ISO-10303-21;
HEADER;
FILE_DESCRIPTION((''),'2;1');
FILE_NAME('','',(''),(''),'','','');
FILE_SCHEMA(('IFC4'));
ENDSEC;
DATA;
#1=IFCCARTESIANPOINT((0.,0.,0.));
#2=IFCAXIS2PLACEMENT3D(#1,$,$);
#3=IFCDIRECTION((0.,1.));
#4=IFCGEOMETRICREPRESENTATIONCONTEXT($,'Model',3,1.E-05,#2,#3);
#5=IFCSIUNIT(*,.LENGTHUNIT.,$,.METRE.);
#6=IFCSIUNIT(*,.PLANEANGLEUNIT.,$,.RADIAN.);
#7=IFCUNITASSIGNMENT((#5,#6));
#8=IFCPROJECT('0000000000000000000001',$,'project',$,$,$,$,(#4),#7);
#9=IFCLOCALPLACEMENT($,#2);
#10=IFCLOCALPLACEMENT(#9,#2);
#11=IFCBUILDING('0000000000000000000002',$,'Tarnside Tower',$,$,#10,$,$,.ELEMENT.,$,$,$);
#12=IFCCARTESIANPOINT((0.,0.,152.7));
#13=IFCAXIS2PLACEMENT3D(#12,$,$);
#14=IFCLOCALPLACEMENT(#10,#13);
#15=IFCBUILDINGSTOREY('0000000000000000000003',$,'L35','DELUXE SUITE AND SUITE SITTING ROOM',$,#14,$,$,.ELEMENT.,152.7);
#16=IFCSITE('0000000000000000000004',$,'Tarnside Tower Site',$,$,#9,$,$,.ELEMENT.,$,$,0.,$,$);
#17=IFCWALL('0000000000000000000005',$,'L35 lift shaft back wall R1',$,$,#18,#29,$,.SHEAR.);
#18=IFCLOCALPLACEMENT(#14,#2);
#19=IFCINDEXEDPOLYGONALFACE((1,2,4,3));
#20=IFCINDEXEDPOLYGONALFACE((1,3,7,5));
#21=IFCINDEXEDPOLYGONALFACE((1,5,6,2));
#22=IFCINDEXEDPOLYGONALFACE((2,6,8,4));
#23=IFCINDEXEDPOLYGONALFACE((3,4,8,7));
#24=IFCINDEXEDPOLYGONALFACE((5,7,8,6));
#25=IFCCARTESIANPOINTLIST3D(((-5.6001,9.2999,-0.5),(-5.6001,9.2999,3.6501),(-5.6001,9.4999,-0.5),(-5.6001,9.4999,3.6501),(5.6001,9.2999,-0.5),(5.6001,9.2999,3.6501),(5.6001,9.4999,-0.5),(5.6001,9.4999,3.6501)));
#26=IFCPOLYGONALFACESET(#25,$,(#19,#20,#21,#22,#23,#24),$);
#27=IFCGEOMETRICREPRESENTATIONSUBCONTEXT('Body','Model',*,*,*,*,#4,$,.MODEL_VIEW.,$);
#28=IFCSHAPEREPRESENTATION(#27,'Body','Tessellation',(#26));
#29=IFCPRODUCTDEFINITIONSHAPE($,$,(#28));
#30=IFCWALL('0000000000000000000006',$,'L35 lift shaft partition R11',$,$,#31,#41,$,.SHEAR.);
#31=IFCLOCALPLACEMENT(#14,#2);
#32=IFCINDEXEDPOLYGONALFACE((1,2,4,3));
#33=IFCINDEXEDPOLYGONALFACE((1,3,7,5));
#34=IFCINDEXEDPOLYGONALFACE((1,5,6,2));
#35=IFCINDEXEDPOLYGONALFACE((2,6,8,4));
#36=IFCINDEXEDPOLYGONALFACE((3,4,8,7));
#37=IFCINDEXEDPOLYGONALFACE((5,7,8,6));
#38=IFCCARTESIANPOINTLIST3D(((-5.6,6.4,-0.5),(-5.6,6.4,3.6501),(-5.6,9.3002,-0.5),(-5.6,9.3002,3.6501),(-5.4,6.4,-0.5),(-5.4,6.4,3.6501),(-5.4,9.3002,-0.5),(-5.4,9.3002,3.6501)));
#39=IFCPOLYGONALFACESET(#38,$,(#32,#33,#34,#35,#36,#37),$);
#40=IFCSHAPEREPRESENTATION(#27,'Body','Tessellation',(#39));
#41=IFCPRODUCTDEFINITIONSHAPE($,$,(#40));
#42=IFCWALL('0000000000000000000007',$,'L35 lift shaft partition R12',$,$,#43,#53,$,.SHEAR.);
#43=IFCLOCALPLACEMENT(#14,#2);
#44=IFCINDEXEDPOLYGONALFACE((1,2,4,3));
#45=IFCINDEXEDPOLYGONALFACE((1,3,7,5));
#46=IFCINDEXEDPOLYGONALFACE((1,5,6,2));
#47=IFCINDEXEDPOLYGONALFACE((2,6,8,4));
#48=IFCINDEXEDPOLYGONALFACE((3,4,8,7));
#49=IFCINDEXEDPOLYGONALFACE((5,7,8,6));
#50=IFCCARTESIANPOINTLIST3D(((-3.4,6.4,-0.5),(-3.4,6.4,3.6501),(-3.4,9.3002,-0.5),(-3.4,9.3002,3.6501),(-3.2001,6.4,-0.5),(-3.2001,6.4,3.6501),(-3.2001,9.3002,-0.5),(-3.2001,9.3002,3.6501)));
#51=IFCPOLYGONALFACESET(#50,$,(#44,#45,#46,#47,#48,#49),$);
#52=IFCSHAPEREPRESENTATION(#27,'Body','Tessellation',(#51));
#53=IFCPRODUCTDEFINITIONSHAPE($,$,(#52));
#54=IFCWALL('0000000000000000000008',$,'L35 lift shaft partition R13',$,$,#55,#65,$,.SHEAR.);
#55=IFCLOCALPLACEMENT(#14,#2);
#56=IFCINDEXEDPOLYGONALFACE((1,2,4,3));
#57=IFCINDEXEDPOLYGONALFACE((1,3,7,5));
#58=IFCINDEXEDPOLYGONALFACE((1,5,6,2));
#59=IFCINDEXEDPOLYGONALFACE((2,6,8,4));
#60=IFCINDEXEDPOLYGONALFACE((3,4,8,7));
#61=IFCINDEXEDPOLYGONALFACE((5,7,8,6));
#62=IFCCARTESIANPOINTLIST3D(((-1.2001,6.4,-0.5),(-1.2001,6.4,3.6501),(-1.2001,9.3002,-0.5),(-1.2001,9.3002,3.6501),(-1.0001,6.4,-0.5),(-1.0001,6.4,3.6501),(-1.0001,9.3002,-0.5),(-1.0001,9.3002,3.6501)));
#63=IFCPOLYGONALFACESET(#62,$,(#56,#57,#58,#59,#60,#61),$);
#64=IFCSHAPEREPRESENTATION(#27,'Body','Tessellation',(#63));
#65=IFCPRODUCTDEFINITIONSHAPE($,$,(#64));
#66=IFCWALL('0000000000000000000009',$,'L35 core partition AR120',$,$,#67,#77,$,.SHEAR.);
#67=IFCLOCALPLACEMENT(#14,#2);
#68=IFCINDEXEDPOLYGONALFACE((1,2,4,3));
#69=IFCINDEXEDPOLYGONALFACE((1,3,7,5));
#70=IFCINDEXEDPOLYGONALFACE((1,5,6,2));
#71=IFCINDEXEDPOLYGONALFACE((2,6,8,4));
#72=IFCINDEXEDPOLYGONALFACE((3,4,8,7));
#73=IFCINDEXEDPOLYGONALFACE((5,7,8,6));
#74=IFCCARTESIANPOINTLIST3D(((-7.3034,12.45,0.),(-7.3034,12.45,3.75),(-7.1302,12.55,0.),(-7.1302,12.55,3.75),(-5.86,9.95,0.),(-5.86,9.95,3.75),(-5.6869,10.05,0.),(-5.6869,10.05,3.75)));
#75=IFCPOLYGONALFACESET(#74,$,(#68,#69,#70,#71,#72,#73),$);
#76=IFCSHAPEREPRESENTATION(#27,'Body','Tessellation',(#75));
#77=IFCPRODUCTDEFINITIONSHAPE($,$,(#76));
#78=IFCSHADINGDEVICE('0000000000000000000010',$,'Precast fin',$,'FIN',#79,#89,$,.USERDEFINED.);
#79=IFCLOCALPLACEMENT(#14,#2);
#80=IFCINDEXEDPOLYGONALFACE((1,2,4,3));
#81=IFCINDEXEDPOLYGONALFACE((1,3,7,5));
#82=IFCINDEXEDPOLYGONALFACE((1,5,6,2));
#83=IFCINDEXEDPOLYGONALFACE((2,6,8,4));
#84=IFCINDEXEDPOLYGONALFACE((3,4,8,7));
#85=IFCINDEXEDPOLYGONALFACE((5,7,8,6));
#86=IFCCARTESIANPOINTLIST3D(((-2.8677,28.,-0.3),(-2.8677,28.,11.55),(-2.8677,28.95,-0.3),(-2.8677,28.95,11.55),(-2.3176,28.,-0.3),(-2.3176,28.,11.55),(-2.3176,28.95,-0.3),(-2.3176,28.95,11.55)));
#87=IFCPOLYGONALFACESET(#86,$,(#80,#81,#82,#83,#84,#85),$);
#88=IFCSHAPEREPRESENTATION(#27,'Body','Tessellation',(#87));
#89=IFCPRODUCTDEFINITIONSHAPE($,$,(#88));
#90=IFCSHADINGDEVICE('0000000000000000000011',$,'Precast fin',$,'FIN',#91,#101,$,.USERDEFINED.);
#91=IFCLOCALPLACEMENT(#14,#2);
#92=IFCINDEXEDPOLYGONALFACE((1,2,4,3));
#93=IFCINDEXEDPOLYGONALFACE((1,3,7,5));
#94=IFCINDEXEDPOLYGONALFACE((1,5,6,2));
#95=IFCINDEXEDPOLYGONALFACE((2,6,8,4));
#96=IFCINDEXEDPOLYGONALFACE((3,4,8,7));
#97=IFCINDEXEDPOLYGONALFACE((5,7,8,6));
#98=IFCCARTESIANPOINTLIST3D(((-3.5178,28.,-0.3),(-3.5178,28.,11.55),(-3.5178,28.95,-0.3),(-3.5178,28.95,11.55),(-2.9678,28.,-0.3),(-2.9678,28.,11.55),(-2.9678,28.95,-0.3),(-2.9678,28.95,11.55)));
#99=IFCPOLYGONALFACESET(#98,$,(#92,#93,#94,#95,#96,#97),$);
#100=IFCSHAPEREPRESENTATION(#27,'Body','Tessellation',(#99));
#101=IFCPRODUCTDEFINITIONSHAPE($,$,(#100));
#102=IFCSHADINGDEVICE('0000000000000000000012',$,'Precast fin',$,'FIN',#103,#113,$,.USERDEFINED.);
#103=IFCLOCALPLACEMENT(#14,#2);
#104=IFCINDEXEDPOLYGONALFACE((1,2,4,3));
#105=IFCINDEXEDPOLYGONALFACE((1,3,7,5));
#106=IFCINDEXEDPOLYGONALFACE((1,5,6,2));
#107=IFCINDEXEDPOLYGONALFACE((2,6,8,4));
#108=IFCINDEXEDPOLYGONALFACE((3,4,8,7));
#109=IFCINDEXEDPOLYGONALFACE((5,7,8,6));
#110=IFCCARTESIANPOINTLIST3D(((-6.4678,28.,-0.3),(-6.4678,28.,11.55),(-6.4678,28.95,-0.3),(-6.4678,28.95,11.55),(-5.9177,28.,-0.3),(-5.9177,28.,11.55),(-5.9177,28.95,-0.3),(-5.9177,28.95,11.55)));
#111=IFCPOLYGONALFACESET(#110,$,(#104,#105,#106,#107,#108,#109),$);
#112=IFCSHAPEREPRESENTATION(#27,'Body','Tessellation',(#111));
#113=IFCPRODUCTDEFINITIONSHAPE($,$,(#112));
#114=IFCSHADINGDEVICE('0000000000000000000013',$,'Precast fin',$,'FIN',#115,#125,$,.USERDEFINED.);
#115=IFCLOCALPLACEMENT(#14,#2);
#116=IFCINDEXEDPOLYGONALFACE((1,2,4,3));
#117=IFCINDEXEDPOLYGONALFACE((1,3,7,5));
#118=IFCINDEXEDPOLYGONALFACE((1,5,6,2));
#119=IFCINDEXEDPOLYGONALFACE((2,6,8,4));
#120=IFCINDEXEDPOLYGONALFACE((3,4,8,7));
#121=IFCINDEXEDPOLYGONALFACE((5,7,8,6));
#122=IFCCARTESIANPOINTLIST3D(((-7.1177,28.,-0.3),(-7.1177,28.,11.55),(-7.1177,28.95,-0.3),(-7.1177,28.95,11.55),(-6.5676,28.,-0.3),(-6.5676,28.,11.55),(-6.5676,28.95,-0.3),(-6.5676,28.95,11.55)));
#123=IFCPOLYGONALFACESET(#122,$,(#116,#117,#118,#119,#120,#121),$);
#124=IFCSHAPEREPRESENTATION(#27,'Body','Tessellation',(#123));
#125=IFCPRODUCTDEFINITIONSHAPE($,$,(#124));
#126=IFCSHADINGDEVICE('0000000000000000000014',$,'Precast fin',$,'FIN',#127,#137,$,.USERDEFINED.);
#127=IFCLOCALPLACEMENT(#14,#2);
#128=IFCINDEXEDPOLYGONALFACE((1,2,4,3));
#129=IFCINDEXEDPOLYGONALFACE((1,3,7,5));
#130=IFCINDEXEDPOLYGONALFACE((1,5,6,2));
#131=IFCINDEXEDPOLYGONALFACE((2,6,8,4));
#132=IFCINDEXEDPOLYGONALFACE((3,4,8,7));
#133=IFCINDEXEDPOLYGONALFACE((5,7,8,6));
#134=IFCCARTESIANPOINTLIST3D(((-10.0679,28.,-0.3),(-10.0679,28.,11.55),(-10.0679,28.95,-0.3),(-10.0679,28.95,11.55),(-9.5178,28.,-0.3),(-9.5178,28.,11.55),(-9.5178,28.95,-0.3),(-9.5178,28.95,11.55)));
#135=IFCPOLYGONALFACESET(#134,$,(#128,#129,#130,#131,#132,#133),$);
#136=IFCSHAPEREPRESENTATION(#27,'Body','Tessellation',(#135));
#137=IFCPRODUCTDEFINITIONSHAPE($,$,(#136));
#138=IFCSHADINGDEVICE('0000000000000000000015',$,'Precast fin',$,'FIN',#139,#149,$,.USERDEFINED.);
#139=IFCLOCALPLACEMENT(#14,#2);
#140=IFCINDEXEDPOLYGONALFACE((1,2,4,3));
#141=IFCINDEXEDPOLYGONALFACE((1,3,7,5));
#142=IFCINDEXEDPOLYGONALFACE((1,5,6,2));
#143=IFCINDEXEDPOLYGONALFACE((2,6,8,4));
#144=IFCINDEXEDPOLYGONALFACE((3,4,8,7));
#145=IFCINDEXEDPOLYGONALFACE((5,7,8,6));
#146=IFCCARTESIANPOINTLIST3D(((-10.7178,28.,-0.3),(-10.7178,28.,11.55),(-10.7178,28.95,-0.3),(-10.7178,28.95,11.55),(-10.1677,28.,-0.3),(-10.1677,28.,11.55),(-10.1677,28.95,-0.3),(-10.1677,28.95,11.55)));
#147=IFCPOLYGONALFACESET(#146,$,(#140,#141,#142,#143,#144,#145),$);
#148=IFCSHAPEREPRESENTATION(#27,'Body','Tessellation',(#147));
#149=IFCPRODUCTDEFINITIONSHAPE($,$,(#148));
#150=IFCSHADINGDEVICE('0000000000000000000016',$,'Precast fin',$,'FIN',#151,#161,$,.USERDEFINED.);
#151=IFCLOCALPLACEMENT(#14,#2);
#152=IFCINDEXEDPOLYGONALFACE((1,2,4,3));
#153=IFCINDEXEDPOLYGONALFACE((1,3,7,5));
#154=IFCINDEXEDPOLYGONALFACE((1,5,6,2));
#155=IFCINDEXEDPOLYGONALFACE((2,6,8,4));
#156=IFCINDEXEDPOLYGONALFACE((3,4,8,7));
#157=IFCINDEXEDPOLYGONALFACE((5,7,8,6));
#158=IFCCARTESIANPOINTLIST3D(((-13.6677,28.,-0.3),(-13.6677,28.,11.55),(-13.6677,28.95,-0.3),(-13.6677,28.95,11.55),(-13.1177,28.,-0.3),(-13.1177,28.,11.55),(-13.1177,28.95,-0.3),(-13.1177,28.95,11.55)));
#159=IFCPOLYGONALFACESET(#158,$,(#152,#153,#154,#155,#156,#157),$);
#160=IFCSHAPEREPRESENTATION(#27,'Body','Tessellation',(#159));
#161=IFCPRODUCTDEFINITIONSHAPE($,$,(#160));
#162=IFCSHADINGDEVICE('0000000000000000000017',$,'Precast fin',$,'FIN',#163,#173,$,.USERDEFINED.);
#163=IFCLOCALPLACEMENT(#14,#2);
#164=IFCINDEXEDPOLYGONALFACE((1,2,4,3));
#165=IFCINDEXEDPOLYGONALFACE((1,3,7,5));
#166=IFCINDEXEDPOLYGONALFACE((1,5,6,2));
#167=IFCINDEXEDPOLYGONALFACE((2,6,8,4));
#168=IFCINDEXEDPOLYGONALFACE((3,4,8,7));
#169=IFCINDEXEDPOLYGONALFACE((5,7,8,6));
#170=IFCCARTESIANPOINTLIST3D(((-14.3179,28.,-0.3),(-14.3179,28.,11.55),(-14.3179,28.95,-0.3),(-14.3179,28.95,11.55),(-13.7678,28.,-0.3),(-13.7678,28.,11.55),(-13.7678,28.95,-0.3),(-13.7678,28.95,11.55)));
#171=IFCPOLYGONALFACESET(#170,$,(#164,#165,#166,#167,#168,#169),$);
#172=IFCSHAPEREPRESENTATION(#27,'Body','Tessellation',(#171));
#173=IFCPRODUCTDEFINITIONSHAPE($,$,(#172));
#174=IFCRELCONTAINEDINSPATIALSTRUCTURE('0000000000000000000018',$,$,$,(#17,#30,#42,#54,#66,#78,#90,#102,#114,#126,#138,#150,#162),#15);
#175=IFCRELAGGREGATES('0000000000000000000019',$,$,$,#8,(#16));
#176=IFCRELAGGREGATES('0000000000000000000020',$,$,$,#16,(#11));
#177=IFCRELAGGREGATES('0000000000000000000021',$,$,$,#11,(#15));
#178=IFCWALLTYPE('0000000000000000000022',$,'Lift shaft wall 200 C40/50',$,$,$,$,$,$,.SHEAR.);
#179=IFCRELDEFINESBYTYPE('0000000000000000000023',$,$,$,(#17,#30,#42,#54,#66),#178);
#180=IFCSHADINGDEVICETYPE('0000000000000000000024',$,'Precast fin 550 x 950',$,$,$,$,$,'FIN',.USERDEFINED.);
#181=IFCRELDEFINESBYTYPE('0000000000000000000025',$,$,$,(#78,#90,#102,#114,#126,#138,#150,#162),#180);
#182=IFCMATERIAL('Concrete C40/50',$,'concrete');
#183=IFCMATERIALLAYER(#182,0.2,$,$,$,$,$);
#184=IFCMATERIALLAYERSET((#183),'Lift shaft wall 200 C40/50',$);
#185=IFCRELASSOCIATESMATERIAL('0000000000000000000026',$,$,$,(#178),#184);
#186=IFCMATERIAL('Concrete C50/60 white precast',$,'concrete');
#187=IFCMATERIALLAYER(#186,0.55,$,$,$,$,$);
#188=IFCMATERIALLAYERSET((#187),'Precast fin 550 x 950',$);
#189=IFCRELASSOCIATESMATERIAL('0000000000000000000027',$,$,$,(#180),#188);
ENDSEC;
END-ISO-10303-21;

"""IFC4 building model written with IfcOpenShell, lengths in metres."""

from ifc_helpers import new_model, si_unit, direction, frame, frame_2d, origin, place, context, subcontext, project, spatial, polyline, rectangle, outline, extrude, material, layer, layer_set, type_object, element, save


model = new_model("IFC4")

# Units and contexts
model_context = context("Model", 3, precision=1e-05, world=origin(), true_north=direction((0.0, 1.0)))
body_context = subcontext(model_context, "Body", "Model", "MODEL_VIEW")
ifc_project = project(units=[si_unit("LENGTHUNIT", "METRE"), si_unit("PLANEANGLEUNIT", "RADIAN")], contexts=[model_context])

# Site, building, storey
site_placement = place(None, origin())
site = spatial("IfcSite", under=ifc_project, at=site_placement, Name="Tarnside Tower Site", CompositionType="ELEMENT", RefElevation=0.0)
building_placement = place(site_placement, origin())
building = spatial("IfcBuilding", under=site, at=building_placement, Name="Tarnside Tower", CompositionType="ELEMENT")
storey_placement = place(building_placement, frame((0.0, 0.0, 152.7)))
storey = spatial("IfcBuildingStorey", under=building, at=storey_placement, Name="L35", Description="DELUXE SUITE AND SUITE SITTING ROOM", CompositionType="ELEMENT", Elevation=152.7)

# Walls
ifc_material_1 = material(Name="Concrete C40/50", Category="concrete")
ifc_layer_1 = layer(ifc_material_1, 0.2)
ifc_layer_set_1 = layer_set([ifc_layer_1], Name="Lift shaft wall 200 C40/50")
wall_type_1 = type_object("IfcWallType", Name="Lift shaft wall 200 C40/50", PredefinedType="SHEAR", material=ifc_layer_set_1)
wall_1_placement = place(storey_placement, frame((-5.6001, 9.3999, -0.5), z_axis=(0.0, 0.0, 1.0), x_axis=(1.0, 0.0, 0.0)))
element("IfcWall", 1, at=wall_1_placement, inside=storey, type_object=wall_type_1, Name="L35 lift shaft back wall R1", PredefinedType="SHEAR", context=body_context, shape_type="SweptSolid", body=[
    extrude(rectangle(XDim=11.2002, YDim=0.2, at=frame_2d((5.6001, 0.0))), origin(), (0.0, 0.0, 1.0), 4.1501),
])
for number, where, z_axis, x_axis, name in (
    (2, (-5.5, 6.3999, -0.5), (0.0, 0.0, 1.0), (0.0, 1.0, 0.0), "L35 lift shaft partition R11"),
    (3, (-3.3, 6.3999, -0.5), (0.0, 0.0, 1.0), (0.0, 1.0, 0.0), "L35 lift shaft partition R12"),
    (4, (-1.1001, 6.3999, -0.5), (0.0, 0.0, 1.0), (0.0, 1.0, 0.0), "L35 lift shaft partition R13"),
):
    element("IfcWall", number, at=place(storey_placement, frame(where, z_axis=z_axis, x_axis=x_axis)), inside=storey, type_object=wall_type_1, Name=name, PredefinedType="SHEAR", context=body_context, shape_type="SweptSolid", body=[
        extrude(rectangle(XDim=2.9001, YDim=0.2, at=frame_2d((1.4502, 0.0))), origin(), (0.0, 0.0, 1.0), 4.1501),
    ])
wall_2_placement = place(storey_placement, frame((-5.7734, 10.0, 0.0), z_axis=(0.0, 0.0, 1.0), x_axis=(-0.499996, 0.866028, 0.0)))
element("IfcWall", 5, at=wall_2_placement, inside=storey, type_object=wall_type_1, Name="L35 core partition AR120", PredefinedType="SHEAR", context=body_context, shape_type="SweptSolid", body=[
    extrude(rectangle(XDim=2.8867, YDim=0.2, at=frame_2d((1.4434, 0.0))), origin(), (0.0, 0.0, 1.0), 3.75),
])

# Shading devices
ifc_material_2 = material(Name="Concrete C50/60 white precast", Category="concrete")
ifc_layer_2 = layer(ifc_material_2, 0.55)
ifc_layer_set_2 = layer_set([ifc_layer_2], Name="Precast fin 550 x 950")
shading_device_type = type_object("IfcShadingDeviceType", Name="Precast fin 550 x 950", ElementType="FIN", PredefinedType="USERDEFINED", material=ifc_layer_set_2)
for number, where, z_axis, x_axis, name in (
    (6, (-2.5928, 28.0, -0.3), (1.0, 0.0, 0.0), (0.0, 1.0, 0.0), "Precast fin"),
    (7, (-3.2429, 28.0, -0.3), (1.0, 0.0, 0.0), (0.0, 1.0, 0.0), "Precast fin"),
    (8, (-6.1929, 28.0, -0.3), (1.0, 0.0, 0.0), (0.0, 1.0, 0.0), "Precast fin"),
    (9, (-6.8428, 28.0, -0.3), (1.0, 0.0, 0.0), (0.0, 1.0, 0.0), "Precast fin"),
    (10, (-9.793, 28.0, -0.3), (1.0, 0.0, 0.0), (0.0, 1.0, 0.0), "Precast fin"),
    (11, (-10.4429, 28.0, -0.3), (1.0, 0.0, 0.0), (0.0, 1.0, 0.0), "Precast fin"),
    (12, (-13.3928, 28.0, -0.3), (1.0, 0.0, 0.0), (0.0, 1.0, 0.0), "Precast fin"),
    (13, (-14.043, 28.0, -0.3), (1.0, 0.0, 0.0), (0.0, 1.0, 0.0), "Precast fin"),
):
    element("IfcShadingDevice", number, at=place(storey_placement, frame(where, z_axis=z_axis, x_axis=x_axis)), inside=storey, type_object=shading_device_type, Name=name, ObjectType="FIN", PredefinedType="USERDEFINED", context=body_context, shape_type="SweptSolid", body=[
        extrude(outline(polyline([(0.0, 0.0), (0.95, 0.0), (0.95, 11.8501), (0.0, 11.8501), (0.0, 0.0)])), frame((0.0, 0.0, -0.2749)), (0.0, 0.0, 1.0), 0.55),
    ])

save(model, "model.ifc")
